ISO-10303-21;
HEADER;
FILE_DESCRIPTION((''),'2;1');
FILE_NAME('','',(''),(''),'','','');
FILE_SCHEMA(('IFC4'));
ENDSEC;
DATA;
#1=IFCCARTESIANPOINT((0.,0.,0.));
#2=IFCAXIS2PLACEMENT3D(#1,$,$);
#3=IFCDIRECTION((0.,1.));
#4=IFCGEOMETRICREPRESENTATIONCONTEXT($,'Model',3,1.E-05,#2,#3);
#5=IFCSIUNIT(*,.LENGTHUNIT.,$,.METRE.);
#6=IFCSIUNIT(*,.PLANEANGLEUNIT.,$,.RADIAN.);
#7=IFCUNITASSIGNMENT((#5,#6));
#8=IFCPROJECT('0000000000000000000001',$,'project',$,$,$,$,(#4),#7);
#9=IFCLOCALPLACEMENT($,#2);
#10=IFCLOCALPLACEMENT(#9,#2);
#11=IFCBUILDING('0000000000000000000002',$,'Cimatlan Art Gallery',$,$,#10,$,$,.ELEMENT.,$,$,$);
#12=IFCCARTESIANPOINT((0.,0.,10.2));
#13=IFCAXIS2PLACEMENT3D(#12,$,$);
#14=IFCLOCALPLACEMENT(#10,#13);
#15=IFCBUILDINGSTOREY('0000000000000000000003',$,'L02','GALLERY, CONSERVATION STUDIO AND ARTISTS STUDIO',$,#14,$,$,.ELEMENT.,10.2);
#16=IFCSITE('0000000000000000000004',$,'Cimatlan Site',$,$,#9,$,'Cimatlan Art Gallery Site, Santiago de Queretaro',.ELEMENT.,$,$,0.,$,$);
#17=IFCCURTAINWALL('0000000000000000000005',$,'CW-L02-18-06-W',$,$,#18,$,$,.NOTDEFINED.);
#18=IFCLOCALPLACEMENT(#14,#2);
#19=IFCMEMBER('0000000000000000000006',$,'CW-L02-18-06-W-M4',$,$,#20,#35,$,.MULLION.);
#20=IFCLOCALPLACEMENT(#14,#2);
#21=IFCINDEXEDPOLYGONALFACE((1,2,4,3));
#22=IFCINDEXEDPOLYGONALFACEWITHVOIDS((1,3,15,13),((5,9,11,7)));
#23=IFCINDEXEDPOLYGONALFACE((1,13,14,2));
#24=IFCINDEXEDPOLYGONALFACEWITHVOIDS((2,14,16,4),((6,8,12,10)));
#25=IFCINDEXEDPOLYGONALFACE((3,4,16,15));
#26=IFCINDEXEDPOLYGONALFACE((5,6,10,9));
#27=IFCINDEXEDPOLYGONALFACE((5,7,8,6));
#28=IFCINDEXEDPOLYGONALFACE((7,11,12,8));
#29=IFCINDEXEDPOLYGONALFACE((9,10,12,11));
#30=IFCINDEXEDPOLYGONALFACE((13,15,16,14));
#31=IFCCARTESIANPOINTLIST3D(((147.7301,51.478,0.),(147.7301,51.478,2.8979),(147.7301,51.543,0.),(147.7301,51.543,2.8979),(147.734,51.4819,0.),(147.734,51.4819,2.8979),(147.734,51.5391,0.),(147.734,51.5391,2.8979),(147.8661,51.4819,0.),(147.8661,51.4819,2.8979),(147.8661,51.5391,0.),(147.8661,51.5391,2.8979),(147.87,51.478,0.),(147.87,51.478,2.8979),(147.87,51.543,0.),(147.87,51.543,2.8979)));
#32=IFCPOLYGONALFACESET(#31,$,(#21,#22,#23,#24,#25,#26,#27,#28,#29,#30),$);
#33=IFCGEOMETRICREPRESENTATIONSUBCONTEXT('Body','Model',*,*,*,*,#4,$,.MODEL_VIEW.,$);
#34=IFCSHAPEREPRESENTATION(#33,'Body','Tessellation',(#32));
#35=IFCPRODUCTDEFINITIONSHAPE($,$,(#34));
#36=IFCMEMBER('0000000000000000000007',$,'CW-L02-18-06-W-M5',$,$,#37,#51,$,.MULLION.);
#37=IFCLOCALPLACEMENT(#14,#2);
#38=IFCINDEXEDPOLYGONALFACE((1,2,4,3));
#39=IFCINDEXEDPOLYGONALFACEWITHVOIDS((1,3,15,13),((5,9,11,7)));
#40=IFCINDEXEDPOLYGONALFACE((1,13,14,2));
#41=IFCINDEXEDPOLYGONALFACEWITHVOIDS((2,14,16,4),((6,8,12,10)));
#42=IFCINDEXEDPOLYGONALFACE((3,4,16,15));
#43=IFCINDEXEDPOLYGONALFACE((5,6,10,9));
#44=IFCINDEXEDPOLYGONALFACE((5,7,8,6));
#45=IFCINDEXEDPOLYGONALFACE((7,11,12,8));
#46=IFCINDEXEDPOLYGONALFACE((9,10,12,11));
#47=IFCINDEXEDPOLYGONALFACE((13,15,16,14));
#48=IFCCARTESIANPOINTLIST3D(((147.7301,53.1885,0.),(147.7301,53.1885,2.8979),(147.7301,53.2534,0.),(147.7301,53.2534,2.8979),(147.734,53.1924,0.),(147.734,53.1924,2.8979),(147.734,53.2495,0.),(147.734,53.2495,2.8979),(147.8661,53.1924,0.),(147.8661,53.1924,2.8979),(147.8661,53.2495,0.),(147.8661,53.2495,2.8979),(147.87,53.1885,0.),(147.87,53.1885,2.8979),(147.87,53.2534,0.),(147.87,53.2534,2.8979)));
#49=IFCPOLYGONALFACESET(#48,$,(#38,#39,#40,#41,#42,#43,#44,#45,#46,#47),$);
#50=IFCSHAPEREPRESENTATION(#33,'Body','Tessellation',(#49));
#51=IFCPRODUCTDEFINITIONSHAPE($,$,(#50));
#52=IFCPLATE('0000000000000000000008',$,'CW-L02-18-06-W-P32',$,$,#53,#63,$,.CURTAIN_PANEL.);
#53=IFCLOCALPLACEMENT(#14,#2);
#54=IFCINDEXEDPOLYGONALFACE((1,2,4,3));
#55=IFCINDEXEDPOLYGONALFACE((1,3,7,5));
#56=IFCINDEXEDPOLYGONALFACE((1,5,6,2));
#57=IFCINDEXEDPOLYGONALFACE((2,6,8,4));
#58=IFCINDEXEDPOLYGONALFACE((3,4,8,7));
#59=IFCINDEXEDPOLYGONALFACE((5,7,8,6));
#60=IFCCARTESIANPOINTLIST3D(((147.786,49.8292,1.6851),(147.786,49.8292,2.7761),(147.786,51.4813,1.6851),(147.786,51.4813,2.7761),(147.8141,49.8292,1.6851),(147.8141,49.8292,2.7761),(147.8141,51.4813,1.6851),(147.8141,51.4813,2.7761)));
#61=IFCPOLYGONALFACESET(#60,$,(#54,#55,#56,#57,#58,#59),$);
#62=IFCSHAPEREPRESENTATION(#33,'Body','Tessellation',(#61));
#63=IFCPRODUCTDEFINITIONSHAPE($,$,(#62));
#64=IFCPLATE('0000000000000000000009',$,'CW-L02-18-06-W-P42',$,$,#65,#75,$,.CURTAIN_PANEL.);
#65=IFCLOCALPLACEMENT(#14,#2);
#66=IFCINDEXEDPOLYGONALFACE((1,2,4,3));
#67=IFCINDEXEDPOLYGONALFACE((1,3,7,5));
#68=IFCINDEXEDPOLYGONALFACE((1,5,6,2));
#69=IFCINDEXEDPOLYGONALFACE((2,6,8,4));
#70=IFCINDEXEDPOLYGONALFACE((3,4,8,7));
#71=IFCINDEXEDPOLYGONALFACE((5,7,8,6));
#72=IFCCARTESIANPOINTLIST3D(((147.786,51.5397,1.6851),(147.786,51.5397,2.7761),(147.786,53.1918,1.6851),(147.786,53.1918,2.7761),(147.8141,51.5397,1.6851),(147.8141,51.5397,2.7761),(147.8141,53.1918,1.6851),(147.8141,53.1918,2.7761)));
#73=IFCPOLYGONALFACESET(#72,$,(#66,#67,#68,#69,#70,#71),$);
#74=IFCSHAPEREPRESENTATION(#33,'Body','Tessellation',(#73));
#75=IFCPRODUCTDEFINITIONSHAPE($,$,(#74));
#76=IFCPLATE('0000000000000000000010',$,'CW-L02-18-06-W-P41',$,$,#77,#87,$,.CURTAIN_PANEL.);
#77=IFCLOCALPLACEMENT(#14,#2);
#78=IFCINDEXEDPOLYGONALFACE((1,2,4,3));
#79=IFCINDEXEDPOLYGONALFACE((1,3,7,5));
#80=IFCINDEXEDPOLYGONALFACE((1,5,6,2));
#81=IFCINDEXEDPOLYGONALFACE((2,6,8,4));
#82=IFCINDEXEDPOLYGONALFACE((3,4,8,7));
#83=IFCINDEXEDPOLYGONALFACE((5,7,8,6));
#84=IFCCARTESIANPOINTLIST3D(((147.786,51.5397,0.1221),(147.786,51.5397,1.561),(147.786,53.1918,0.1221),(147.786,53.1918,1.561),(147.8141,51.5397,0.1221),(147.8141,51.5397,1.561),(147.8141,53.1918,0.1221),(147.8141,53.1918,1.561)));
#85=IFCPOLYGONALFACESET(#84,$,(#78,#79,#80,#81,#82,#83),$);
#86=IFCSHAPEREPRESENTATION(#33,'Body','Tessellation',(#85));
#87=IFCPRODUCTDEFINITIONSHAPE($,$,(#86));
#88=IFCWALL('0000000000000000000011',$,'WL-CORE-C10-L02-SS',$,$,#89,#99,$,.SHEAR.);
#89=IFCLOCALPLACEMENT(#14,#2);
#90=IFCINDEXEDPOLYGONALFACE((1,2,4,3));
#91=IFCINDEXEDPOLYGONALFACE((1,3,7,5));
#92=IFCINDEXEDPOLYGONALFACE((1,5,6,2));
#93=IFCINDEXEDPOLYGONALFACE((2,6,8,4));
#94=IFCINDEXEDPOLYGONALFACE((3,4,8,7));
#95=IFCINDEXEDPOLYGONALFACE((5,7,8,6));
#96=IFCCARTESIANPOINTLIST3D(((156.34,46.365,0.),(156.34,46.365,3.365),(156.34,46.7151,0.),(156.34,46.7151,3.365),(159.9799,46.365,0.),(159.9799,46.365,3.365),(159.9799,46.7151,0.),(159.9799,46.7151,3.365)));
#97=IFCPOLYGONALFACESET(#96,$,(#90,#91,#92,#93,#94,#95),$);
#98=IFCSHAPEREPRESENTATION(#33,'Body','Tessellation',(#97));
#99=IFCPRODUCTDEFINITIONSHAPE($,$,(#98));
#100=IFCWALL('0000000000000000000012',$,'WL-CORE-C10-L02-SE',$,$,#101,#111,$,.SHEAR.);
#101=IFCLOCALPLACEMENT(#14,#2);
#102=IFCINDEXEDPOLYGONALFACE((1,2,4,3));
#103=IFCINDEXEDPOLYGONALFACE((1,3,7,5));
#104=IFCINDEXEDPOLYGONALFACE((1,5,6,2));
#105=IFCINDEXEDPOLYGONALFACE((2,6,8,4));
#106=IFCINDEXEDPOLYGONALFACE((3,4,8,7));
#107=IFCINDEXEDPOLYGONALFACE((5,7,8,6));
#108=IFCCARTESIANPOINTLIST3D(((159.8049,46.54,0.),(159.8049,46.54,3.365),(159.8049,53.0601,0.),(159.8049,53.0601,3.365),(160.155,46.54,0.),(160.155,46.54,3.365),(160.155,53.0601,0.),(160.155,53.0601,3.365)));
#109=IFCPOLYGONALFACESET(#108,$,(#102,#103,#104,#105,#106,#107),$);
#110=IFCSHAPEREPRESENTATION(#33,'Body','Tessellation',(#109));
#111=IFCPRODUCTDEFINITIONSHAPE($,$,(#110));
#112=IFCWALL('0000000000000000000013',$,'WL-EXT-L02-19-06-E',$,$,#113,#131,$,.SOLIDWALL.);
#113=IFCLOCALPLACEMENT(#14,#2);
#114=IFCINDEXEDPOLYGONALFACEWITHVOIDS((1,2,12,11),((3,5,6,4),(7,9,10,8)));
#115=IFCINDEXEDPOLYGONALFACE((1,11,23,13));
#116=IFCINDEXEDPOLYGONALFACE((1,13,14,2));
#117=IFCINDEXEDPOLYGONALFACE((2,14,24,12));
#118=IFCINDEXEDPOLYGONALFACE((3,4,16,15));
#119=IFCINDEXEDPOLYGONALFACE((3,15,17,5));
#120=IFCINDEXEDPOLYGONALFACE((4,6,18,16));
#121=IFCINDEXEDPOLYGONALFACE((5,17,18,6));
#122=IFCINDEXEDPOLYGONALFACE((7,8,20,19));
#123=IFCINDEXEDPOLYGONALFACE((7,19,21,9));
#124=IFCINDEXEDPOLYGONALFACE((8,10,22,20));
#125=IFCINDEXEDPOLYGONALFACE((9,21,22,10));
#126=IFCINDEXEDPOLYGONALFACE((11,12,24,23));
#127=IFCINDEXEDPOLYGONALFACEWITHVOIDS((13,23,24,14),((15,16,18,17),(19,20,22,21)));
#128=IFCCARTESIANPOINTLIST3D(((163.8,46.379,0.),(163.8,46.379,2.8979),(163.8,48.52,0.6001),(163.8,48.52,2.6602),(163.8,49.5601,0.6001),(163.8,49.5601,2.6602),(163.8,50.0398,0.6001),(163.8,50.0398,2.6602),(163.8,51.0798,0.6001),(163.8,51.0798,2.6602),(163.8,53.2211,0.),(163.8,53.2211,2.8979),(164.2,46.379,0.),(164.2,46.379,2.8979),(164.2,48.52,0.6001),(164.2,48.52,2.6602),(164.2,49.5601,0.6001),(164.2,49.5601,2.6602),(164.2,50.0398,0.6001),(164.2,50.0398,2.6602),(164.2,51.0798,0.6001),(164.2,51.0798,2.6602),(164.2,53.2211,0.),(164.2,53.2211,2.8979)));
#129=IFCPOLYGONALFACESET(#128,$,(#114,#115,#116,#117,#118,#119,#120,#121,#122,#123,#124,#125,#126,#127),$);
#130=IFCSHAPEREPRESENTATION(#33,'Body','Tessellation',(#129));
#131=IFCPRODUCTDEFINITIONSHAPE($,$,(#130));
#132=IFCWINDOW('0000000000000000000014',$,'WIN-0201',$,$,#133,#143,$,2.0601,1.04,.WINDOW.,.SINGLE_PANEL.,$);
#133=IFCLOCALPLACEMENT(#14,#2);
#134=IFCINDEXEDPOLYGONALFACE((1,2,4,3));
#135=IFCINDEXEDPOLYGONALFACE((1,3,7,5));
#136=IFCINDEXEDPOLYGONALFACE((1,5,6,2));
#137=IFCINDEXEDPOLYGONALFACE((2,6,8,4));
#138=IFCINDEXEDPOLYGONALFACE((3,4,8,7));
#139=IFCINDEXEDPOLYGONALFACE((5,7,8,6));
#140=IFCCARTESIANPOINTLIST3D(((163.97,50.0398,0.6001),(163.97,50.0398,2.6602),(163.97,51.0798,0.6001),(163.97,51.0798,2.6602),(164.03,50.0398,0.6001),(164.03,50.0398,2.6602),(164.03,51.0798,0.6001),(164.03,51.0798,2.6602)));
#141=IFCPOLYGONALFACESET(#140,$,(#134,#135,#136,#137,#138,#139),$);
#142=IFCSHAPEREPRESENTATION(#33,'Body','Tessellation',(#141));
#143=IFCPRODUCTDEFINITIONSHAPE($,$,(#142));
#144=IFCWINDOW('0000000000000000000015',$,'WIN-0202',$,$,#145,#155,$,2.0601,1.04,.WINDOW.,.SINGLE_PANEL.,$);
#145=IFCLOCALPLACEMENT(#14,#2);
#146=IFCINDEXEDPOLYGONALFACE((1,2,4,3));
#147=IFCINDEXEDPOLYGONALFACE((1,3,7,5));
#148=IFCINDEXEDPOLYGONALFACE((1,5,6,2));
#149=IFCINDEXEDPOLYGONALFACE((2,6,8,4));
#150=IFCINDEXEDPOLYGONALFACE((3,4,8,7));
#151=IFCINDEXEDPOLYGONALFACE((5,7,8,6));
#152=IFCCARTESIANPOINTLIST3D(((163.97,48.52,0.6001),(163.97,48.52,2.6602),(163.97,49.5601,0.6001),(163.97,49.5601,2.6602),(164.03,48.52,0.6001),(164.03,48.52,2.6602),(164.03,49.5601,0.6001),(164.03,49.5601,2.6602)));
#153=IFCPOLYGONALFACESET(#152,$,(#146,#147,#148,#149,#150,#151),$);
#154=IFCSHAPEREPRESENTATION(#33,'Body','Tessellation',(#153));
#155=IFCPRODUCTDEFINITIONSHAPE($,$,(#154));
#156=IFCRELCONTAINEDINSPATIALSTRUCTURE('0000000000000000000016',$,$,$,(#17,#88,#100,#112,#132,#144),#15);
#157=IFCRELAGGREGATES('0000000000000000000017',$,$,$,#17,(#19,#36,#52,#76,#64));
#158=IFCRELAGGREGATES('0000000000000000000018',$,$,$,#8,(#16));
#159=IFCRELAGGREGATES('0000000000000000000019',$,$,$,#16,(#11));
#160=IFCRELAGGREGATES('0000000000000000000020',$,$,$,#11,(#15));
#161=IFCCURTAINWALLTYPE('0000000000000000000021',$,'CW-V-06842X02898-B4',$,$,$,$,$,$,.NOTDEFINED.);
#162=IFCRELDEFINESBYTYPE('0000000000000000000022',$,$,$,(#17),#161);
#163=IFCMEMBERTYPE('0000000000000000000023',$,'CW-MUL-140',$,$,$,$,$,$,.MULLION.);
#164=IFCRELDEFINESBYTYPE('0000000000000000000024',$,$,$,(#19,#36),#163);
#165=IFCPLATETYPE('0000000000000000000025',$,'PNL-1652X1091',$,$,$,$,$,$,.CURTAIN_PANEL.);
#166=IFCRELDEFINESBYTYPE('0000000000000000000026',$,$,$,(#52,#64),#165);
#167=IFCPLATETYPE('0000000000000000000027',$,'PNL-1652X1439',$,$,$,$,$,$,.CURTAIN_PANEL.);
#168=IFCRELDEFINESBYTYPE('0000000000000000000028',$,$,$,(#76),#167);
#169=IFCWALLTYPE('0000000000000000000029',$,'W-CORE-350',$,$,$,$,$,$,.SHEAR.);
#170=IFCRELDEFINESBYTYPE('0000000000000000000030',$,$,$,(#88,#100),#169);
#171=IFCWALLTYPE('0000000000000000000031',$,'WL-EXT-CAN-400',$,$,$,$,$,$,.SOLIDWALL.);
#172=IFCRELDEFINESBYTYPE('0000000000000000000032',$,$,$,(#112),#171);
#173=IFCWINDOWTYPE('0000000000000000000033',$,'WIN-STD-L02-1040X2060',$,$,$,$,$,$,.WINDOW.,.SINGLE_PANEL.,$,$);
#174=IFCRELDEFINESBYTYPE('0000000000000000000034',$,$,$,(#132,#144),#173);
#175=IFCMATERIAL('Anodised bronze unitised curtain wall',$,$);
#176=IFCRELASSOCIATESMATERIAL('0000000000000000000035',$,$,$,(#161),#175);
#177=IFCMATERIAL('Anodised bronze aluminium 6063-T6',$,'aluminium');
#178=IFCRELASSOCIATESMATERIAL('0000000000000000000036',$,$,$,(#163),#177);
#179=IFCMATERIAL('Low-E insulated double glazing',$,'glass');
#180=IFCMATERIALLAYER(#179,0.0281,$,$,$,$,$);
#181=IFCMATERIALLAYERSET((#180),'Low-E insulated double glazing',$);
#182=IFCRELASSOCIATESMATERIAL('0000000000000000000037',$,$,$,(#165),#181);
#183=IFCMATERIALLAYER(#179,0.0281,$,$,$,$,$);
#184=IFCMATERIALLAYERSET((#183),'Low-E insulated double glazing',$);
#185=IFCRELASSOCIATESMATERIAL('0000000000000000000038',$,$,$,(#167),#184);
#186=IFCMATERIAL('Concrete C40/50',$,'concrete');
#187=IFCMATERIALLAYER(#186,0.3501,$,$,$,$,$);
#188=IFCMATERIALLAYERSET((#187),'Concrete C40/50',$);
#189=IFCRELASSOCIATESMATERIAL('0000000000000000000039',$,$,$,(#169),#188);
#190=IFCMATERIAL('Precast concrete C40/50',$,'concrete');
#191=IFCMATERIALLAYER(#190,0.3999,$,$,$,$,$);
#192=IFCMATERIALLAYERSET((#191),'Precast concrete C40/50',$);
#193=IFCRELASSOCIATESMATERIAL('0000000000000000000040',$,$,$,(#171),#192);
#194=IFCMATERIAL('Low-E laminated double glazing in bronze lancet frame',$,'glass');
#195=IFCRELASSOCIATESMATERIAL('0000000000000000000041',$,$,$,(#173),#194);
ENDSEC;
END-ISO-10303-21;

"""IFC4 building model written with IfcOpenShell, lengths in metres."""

from ifc_helpers import new_model, si_unit, direction, frame, frame_2d, origin, origin_2d, place, context, subcontext, project, spatial, rectangle, hollow_rectangle, extrude, material, layer, layer_set, material_profile, profile_set, type_object, element, fill, aggregate, save


model = new_model("IFC4")

# Units and contexts
model_context = context("Model", 3, precision=1e-05, world=origin(), true_north=direction((0.0, 1.0)))
body_context = subcontext(model_context, "Body", "Model", "MODEL_VIEW")
ifc_project = project(units=[si_unit("LENGTHUNIT", "METRE"), si_unit("PLANEANGLEUNIT", "RADIAN")], contexts=[model_context])

# Site, building, storey
site_placement = place(None, origin())
site = spatial("IfcSite", under=ifc_project, at=site_placement, Name="Cimatlan Site", LongName="Cimatlan Art Gallery Site, Santiago de Queretaro", CompositionType="ELEMENT", RefElevation=0.0)
building_placement = place(site_placement, origin())
building = spatial("IfcBuilding", under=site, at=building_placement, Name="Cimatlan Art Gallery", CompositionType="ELEMENT")
storey_placement = place(building_placement, frame((0.0, 0.0, 10.2)))
storey = spatial("IfcBuildingStorey", under=building, at=storey_placement, Name="L02", Description="GALLERY, CONSERVATION STUDIO AND ARTISTS STUDIO", CompositionType="ELEMENT", Elevation=10.2)

# Curtain wall, members, plates
ifc_material_1 = material(Name="Anodised bronze unitised curtain wall")
curtain_wall_type = type_object("IfcCurtainWallType", Name="CW-V-06842X02898-B4", PredefinedType="NOTDEFINED", material=ifc_material_1)
curtain_wall_placement = place(storey_placement, origin())
curtain_wall = element("IfcCurtainWall", 1, at=curtain_wall_placement, inside=storey, type_object=curtain_wall_type, Name="CW-L02-18-06-W", PredefinedType="NOTDEFINED")
ifc_material_2 = material(Name="Anodised bronze aluminium 6063-T6", Category="aluminium")
ifc_material_profile_1 = material_profile(ifc_material_2, hollow_rectangle(XDim=0.0649, YDim=0.1399, WallThickness=0.0039, at=origin_2d()), Name="ALU65X140X4")
ifc_profile_set_1 = profile_set([ifc_material_profile_1], Name="Anodised bronze aluminium 6063-T6")
member_type = type_object("IfcMemberType", Name="CW-MUL-140", PredefinedType="MULLION", material=ifc_profile_set_1)
member_1_placement = place(storey_placement, frame((147.8, 51.5105, 0.0), z_axis=(0.0, 0.0, 1.0), x_axis=(0.0, 1.0, 0.0)))
member_1 = element("IfcMember", 2, at=member_1_placement, type_object=member_type, Name="CW-L02-18-06-W-M4", PredefinedType="MULLION", context=body_context, shape_type="SweptSolid", body=[
    extrude(hollow_rectangle(XDim=0.0649, YDim=0.1399, WallThickness=0.0039, at=origin_2d()), origin(), (0.0, 0.0, 1.0), 2.8979),
])
member_2_placement = place(storey_placement, frame((147.8, 53.2209, 0.0), z_axis=(0.0, 0.0, 1.0), x_axis=(0.0, 1.0, 0.0)))
member_2 = element("IfcMember", 3, at=member_2_placement, type_object=member_type, Name="CW-L02-18-06-W-M5", PredefinedType="MULLION", context=body_context, shape_type="SweptSolid", body=[
    extrude(hollow_rectangle(XDim=0.0649, YDim=0.1399, WallThickness=0.0039, at=origin_2d()), origin(), (0.0, 0.0, 1.0), 2.8979),
])
ifc_material_3 = material(Name="Low-E insulated double glazing", Category="glass")
ifc_layer_1 = layer(ifc_material_3, 0.0281)
ifc_layer_set_1 = layer_set([ifc_layer_1], Name="Low-E insulated double glazing")
plate_type_1 = type_object("IfcPlateType", Name="PNL-1652X1091", PredefinedType="CURTAIN_PANEL", material=ifc_layer_set_1)
plate_1_placement = place(storey_placement, frame((147.8, 50.6553, 1.6851), z_axis=(0.0, 0.0, 1.0), x_axis=(0.0, 1.0, 0.0)))
plate_1 = element("IfcPlate", 4, at=plate_1_placement, type_object=plate_type_1, Name="CW-L02-18-06-W-P32", PredefinedType="CURTAIN_PANEL", context=body_context, shape_type="SweptSolid", body=[
    extrude(rectangle(XDim=1.6521, YDim=0.0281, at=origin_2d()), origin(), (0.0, 0.0, 1.0), 1.0911),
])
plate_2_placement = place(storey_placement, frame((147.8, 52.3657, 1.6851), z_axis=(0.0, 0.0, 1.0), x_axis=(0.0, 1.0, 0.0)))
plate_2 = element("IfcPlate", 5, at=plate_2_placement, type_object=plate_type_1, Name="CW-L02-18-06-W-P42", PredefinedType="CURTAIN_PANEL", context=body_context, shape_type="SweptSolid", body=[
    extrude(rectangle(XDim=1.6521, YDim=0.0281, at=origin_2d()), origin(), (0.0, 0.0, 1.0), 1.0911),
])
ifc_layer_2 = layer(ifc_material_3, 0.0281)
ifc_layer_set_2 = layer_set([ifc_layer_2], Name="Low-E insulated double glazing")
plate_type_2 = type_object("IfcPlateType", Name="PNL-1652X1439", PredefinedType="CURTAIN_PANEL", material=ifc_layer_set_2)
plate_3_placement = place(storey_placement, frame((147.8, 52.3657, 0.1221), z_axis=(0.0, 0.0, 1.0), x_axis=(0.0, 1.0, 0.0)))
plate_3 = element("IfcPlate", 6, at=plate_3_placement, type_object=plate_type_2, Name="CW-L02-18-06-W-P41", PredefinedType="CURTAIN_PANEL", context=body_context, shape_type="SweptSolid", body=[
    extrude(rectangle(XDim=1.6521, YDim=0.0281, at=origin_2d()), origin(), (0.0, 0.0, 1.0), 1.439),
])
aggregate(curtain_wall, [member_1, member_2, plate_1, plate_3, plate_2])

# Walls
ifc_material_4 = material(Name="Concrete C40/50", Category="concrete")
ifc_layer_3 = layer(ifc_material_4, 0.3501)
ifc_layer_set_3 = layer_set([ifc_layer_3], Name="Concrete C40/50")
wall_type_1 = type_object("IfcWallType", Name="W-CORE-350", PredefinedType="SHEAR", material=ifc_layer_set_3)
wall_1_placement = place(storey_placement, frame((156.3401, 46.54, 0.0), z_axis=(0.0, 0.0, 1.0), x_axis=(1.0, 0.0, 0.0)))
element("IfcWall", 7, at=wall_1_placement, inside=storey, type_object=wall_type_1, Name="WL-CORE-C10-L02-SS", PredefinedType="SHEAR", context=body_context, shape_type="SweptSolid", body=[
    extrude(rectangle(XDim=3.6399, YDim=0.3501, at=frame_2d((1.8198, 0.0))), origin(), (0.0, 0.0, 1.0), 3.365),
])
wall_2_placement = place(storey_placement, frame((159.98, 46.54, 0.0), z_axis=(0.0, 0.0, 1.0), x_axis=(0.0, 1.0, 0.0)))
element("IfcWall", 8, at=wall_2_placement, inside=storey, type_object=wall_type_1, Name="WL-CORE-C10-L02-SE", PredefinedType="SHEAR", context=body_context, shape_type="SweptSolid", body=[
    extrude(rectangle(XDim=6.52, YDim=0.3501, at=frame_2d((3.26, 0.0))), origin(), (0.0, 0.0, 1.0), 3.365),
])

# Wall, openings, windows
ifc_material_5 = material(Name="Precast concrete C40/50", Category="concrete")
ifc_layer_4 = layer(ifc_material_5, 0.3999)
ifc_layer_set_4 = layer_set([ifc_layer_4], Name="Precast concrete C40/50")
wall_type_2 = type_object("IfcWallType", Name="WL-EXT-CAN-400", PredefinedType="SOLIDWALL", material=ifc_layer_set_4)
wall_3_placement = place(storey_placement, frame((164.0, 53.2209, 0.0), z_axis=(0.0, 0.0, 1.0), x_axis=(0.0, -1.0, 0.0)))
wall_3 = element("IfcWall", 9, at=wall_3_placement, inside=storey, type_object=wall_type_2, Name="WL-EXT-L02-19-06-E", PredefinedType="SOLIDWALL", context=body_context, shape_type="SweptSolid", body=[
    extrude(rectangle(XDim=6.842, YDim=0.3999, at=frame_2d((3.4209, 0.0))), origin(), (0.0, 0.0, 1.0), 2.8979),
])
opening_1_placement = place(wall_3_placement, frame((2.1411, 0.0, 0.6001)))
opening_1 = element("IfcOpeningElement", 10, at=opening_1_placement, cuts=wall_3, PredefinedType="OPENING", context=body_context, shape_type="SweptSolid", body=[
    extrude(rectangle(XDim=1.04, YDim=2.0601, at=frame_2d((0.52, 1.03))), frame((0.0, 0.21, 0.0), z_axis=(0.0, -1.0, 0.0), x_axis=(1.0, 0.0, 0.0)), (0.0, 0.0, 1.0), 0.4199),
])
opening_2_placement = place(wall_3_placement, frame((3.6609, 0.0, 0.6001)))
opening_2 = element("IfcOpeningElement", 11, at=opening_2_placement, cuts=wall_3, PredefinedType="OPENING", context=body_context, shape_type="SweptSolid", body=[
    extrude(rectangle(XDim=1.04, YDim=2.0601, at=frame_2d((0.52, 1.03))), frame((0.0, 0.21, 0.0), z_axis=(0.0, -1.0, 0.0), x_axis=(1.0, 0.0, 0.0)), (0.0, 0.0, 1.0), 0.4199),
])
ifc_material_6 = material(Name="Low-E laminated double glazing in bronze lancet frame", Category="glass")
window_type = type_object("IfcWindowType", Name="WIN-STD-L02-1040X2060", PartitioningType="SINGLE_PANEL", PredefinedType="WINDOW", material=ifc_material_6)
window_1_placement = place(opening_1_placement, origin())
window_1 = element("IfcWindow", 12, at=window_1_placement, inside=storey, type_object=window_type, Name="WIN-0201", OverallHeight=2.0601, OverallWidth=1.04, PartitioningType="SINGLE_PANEL", PredefinedType="WINDOW", context=body_context, shape_type="SweptSolid", body=[
    extrude(rectangle(XDim=1.04, YDim=2.0601, at=frame_2d((0.52, 1.03))), frame((0.0, 0.03, 0.0), z_axis=(0.0, -1.0, 0.0), x_axis=(1.0, 0.0, 0.0)), (0.0, 0.0, 1.0), 0.0601),
])
fill(opening_1, window_1)
window_2_placement = place(opening_2_placement, origin())
window_2 = element("IfcWindow", 13, at=window_2_placement, inside=storey, type_object=window_type, Name="WIN-0202", OverallHeight=2.0601, OverallWidth=1.04, PartitioningType="SINGLE_PANEL", PredefinedType="WINDOW", context=body_context, shape_type="SweptSolid", body=[
    extrude(rectangle(XDim=1.04, YDim=2.0601, at=frame_2d((0.52, 1.03))), frame((0.0, 0.03, 0.0), z_axis=(0.0, -1.0, 0.0), x_axis=(1.0, 0.0, 0.0)), (0.0, 0.0, 1.0), 0.0601),
])
fill(opening_2, window_2)

save(model, "model.ifc")
